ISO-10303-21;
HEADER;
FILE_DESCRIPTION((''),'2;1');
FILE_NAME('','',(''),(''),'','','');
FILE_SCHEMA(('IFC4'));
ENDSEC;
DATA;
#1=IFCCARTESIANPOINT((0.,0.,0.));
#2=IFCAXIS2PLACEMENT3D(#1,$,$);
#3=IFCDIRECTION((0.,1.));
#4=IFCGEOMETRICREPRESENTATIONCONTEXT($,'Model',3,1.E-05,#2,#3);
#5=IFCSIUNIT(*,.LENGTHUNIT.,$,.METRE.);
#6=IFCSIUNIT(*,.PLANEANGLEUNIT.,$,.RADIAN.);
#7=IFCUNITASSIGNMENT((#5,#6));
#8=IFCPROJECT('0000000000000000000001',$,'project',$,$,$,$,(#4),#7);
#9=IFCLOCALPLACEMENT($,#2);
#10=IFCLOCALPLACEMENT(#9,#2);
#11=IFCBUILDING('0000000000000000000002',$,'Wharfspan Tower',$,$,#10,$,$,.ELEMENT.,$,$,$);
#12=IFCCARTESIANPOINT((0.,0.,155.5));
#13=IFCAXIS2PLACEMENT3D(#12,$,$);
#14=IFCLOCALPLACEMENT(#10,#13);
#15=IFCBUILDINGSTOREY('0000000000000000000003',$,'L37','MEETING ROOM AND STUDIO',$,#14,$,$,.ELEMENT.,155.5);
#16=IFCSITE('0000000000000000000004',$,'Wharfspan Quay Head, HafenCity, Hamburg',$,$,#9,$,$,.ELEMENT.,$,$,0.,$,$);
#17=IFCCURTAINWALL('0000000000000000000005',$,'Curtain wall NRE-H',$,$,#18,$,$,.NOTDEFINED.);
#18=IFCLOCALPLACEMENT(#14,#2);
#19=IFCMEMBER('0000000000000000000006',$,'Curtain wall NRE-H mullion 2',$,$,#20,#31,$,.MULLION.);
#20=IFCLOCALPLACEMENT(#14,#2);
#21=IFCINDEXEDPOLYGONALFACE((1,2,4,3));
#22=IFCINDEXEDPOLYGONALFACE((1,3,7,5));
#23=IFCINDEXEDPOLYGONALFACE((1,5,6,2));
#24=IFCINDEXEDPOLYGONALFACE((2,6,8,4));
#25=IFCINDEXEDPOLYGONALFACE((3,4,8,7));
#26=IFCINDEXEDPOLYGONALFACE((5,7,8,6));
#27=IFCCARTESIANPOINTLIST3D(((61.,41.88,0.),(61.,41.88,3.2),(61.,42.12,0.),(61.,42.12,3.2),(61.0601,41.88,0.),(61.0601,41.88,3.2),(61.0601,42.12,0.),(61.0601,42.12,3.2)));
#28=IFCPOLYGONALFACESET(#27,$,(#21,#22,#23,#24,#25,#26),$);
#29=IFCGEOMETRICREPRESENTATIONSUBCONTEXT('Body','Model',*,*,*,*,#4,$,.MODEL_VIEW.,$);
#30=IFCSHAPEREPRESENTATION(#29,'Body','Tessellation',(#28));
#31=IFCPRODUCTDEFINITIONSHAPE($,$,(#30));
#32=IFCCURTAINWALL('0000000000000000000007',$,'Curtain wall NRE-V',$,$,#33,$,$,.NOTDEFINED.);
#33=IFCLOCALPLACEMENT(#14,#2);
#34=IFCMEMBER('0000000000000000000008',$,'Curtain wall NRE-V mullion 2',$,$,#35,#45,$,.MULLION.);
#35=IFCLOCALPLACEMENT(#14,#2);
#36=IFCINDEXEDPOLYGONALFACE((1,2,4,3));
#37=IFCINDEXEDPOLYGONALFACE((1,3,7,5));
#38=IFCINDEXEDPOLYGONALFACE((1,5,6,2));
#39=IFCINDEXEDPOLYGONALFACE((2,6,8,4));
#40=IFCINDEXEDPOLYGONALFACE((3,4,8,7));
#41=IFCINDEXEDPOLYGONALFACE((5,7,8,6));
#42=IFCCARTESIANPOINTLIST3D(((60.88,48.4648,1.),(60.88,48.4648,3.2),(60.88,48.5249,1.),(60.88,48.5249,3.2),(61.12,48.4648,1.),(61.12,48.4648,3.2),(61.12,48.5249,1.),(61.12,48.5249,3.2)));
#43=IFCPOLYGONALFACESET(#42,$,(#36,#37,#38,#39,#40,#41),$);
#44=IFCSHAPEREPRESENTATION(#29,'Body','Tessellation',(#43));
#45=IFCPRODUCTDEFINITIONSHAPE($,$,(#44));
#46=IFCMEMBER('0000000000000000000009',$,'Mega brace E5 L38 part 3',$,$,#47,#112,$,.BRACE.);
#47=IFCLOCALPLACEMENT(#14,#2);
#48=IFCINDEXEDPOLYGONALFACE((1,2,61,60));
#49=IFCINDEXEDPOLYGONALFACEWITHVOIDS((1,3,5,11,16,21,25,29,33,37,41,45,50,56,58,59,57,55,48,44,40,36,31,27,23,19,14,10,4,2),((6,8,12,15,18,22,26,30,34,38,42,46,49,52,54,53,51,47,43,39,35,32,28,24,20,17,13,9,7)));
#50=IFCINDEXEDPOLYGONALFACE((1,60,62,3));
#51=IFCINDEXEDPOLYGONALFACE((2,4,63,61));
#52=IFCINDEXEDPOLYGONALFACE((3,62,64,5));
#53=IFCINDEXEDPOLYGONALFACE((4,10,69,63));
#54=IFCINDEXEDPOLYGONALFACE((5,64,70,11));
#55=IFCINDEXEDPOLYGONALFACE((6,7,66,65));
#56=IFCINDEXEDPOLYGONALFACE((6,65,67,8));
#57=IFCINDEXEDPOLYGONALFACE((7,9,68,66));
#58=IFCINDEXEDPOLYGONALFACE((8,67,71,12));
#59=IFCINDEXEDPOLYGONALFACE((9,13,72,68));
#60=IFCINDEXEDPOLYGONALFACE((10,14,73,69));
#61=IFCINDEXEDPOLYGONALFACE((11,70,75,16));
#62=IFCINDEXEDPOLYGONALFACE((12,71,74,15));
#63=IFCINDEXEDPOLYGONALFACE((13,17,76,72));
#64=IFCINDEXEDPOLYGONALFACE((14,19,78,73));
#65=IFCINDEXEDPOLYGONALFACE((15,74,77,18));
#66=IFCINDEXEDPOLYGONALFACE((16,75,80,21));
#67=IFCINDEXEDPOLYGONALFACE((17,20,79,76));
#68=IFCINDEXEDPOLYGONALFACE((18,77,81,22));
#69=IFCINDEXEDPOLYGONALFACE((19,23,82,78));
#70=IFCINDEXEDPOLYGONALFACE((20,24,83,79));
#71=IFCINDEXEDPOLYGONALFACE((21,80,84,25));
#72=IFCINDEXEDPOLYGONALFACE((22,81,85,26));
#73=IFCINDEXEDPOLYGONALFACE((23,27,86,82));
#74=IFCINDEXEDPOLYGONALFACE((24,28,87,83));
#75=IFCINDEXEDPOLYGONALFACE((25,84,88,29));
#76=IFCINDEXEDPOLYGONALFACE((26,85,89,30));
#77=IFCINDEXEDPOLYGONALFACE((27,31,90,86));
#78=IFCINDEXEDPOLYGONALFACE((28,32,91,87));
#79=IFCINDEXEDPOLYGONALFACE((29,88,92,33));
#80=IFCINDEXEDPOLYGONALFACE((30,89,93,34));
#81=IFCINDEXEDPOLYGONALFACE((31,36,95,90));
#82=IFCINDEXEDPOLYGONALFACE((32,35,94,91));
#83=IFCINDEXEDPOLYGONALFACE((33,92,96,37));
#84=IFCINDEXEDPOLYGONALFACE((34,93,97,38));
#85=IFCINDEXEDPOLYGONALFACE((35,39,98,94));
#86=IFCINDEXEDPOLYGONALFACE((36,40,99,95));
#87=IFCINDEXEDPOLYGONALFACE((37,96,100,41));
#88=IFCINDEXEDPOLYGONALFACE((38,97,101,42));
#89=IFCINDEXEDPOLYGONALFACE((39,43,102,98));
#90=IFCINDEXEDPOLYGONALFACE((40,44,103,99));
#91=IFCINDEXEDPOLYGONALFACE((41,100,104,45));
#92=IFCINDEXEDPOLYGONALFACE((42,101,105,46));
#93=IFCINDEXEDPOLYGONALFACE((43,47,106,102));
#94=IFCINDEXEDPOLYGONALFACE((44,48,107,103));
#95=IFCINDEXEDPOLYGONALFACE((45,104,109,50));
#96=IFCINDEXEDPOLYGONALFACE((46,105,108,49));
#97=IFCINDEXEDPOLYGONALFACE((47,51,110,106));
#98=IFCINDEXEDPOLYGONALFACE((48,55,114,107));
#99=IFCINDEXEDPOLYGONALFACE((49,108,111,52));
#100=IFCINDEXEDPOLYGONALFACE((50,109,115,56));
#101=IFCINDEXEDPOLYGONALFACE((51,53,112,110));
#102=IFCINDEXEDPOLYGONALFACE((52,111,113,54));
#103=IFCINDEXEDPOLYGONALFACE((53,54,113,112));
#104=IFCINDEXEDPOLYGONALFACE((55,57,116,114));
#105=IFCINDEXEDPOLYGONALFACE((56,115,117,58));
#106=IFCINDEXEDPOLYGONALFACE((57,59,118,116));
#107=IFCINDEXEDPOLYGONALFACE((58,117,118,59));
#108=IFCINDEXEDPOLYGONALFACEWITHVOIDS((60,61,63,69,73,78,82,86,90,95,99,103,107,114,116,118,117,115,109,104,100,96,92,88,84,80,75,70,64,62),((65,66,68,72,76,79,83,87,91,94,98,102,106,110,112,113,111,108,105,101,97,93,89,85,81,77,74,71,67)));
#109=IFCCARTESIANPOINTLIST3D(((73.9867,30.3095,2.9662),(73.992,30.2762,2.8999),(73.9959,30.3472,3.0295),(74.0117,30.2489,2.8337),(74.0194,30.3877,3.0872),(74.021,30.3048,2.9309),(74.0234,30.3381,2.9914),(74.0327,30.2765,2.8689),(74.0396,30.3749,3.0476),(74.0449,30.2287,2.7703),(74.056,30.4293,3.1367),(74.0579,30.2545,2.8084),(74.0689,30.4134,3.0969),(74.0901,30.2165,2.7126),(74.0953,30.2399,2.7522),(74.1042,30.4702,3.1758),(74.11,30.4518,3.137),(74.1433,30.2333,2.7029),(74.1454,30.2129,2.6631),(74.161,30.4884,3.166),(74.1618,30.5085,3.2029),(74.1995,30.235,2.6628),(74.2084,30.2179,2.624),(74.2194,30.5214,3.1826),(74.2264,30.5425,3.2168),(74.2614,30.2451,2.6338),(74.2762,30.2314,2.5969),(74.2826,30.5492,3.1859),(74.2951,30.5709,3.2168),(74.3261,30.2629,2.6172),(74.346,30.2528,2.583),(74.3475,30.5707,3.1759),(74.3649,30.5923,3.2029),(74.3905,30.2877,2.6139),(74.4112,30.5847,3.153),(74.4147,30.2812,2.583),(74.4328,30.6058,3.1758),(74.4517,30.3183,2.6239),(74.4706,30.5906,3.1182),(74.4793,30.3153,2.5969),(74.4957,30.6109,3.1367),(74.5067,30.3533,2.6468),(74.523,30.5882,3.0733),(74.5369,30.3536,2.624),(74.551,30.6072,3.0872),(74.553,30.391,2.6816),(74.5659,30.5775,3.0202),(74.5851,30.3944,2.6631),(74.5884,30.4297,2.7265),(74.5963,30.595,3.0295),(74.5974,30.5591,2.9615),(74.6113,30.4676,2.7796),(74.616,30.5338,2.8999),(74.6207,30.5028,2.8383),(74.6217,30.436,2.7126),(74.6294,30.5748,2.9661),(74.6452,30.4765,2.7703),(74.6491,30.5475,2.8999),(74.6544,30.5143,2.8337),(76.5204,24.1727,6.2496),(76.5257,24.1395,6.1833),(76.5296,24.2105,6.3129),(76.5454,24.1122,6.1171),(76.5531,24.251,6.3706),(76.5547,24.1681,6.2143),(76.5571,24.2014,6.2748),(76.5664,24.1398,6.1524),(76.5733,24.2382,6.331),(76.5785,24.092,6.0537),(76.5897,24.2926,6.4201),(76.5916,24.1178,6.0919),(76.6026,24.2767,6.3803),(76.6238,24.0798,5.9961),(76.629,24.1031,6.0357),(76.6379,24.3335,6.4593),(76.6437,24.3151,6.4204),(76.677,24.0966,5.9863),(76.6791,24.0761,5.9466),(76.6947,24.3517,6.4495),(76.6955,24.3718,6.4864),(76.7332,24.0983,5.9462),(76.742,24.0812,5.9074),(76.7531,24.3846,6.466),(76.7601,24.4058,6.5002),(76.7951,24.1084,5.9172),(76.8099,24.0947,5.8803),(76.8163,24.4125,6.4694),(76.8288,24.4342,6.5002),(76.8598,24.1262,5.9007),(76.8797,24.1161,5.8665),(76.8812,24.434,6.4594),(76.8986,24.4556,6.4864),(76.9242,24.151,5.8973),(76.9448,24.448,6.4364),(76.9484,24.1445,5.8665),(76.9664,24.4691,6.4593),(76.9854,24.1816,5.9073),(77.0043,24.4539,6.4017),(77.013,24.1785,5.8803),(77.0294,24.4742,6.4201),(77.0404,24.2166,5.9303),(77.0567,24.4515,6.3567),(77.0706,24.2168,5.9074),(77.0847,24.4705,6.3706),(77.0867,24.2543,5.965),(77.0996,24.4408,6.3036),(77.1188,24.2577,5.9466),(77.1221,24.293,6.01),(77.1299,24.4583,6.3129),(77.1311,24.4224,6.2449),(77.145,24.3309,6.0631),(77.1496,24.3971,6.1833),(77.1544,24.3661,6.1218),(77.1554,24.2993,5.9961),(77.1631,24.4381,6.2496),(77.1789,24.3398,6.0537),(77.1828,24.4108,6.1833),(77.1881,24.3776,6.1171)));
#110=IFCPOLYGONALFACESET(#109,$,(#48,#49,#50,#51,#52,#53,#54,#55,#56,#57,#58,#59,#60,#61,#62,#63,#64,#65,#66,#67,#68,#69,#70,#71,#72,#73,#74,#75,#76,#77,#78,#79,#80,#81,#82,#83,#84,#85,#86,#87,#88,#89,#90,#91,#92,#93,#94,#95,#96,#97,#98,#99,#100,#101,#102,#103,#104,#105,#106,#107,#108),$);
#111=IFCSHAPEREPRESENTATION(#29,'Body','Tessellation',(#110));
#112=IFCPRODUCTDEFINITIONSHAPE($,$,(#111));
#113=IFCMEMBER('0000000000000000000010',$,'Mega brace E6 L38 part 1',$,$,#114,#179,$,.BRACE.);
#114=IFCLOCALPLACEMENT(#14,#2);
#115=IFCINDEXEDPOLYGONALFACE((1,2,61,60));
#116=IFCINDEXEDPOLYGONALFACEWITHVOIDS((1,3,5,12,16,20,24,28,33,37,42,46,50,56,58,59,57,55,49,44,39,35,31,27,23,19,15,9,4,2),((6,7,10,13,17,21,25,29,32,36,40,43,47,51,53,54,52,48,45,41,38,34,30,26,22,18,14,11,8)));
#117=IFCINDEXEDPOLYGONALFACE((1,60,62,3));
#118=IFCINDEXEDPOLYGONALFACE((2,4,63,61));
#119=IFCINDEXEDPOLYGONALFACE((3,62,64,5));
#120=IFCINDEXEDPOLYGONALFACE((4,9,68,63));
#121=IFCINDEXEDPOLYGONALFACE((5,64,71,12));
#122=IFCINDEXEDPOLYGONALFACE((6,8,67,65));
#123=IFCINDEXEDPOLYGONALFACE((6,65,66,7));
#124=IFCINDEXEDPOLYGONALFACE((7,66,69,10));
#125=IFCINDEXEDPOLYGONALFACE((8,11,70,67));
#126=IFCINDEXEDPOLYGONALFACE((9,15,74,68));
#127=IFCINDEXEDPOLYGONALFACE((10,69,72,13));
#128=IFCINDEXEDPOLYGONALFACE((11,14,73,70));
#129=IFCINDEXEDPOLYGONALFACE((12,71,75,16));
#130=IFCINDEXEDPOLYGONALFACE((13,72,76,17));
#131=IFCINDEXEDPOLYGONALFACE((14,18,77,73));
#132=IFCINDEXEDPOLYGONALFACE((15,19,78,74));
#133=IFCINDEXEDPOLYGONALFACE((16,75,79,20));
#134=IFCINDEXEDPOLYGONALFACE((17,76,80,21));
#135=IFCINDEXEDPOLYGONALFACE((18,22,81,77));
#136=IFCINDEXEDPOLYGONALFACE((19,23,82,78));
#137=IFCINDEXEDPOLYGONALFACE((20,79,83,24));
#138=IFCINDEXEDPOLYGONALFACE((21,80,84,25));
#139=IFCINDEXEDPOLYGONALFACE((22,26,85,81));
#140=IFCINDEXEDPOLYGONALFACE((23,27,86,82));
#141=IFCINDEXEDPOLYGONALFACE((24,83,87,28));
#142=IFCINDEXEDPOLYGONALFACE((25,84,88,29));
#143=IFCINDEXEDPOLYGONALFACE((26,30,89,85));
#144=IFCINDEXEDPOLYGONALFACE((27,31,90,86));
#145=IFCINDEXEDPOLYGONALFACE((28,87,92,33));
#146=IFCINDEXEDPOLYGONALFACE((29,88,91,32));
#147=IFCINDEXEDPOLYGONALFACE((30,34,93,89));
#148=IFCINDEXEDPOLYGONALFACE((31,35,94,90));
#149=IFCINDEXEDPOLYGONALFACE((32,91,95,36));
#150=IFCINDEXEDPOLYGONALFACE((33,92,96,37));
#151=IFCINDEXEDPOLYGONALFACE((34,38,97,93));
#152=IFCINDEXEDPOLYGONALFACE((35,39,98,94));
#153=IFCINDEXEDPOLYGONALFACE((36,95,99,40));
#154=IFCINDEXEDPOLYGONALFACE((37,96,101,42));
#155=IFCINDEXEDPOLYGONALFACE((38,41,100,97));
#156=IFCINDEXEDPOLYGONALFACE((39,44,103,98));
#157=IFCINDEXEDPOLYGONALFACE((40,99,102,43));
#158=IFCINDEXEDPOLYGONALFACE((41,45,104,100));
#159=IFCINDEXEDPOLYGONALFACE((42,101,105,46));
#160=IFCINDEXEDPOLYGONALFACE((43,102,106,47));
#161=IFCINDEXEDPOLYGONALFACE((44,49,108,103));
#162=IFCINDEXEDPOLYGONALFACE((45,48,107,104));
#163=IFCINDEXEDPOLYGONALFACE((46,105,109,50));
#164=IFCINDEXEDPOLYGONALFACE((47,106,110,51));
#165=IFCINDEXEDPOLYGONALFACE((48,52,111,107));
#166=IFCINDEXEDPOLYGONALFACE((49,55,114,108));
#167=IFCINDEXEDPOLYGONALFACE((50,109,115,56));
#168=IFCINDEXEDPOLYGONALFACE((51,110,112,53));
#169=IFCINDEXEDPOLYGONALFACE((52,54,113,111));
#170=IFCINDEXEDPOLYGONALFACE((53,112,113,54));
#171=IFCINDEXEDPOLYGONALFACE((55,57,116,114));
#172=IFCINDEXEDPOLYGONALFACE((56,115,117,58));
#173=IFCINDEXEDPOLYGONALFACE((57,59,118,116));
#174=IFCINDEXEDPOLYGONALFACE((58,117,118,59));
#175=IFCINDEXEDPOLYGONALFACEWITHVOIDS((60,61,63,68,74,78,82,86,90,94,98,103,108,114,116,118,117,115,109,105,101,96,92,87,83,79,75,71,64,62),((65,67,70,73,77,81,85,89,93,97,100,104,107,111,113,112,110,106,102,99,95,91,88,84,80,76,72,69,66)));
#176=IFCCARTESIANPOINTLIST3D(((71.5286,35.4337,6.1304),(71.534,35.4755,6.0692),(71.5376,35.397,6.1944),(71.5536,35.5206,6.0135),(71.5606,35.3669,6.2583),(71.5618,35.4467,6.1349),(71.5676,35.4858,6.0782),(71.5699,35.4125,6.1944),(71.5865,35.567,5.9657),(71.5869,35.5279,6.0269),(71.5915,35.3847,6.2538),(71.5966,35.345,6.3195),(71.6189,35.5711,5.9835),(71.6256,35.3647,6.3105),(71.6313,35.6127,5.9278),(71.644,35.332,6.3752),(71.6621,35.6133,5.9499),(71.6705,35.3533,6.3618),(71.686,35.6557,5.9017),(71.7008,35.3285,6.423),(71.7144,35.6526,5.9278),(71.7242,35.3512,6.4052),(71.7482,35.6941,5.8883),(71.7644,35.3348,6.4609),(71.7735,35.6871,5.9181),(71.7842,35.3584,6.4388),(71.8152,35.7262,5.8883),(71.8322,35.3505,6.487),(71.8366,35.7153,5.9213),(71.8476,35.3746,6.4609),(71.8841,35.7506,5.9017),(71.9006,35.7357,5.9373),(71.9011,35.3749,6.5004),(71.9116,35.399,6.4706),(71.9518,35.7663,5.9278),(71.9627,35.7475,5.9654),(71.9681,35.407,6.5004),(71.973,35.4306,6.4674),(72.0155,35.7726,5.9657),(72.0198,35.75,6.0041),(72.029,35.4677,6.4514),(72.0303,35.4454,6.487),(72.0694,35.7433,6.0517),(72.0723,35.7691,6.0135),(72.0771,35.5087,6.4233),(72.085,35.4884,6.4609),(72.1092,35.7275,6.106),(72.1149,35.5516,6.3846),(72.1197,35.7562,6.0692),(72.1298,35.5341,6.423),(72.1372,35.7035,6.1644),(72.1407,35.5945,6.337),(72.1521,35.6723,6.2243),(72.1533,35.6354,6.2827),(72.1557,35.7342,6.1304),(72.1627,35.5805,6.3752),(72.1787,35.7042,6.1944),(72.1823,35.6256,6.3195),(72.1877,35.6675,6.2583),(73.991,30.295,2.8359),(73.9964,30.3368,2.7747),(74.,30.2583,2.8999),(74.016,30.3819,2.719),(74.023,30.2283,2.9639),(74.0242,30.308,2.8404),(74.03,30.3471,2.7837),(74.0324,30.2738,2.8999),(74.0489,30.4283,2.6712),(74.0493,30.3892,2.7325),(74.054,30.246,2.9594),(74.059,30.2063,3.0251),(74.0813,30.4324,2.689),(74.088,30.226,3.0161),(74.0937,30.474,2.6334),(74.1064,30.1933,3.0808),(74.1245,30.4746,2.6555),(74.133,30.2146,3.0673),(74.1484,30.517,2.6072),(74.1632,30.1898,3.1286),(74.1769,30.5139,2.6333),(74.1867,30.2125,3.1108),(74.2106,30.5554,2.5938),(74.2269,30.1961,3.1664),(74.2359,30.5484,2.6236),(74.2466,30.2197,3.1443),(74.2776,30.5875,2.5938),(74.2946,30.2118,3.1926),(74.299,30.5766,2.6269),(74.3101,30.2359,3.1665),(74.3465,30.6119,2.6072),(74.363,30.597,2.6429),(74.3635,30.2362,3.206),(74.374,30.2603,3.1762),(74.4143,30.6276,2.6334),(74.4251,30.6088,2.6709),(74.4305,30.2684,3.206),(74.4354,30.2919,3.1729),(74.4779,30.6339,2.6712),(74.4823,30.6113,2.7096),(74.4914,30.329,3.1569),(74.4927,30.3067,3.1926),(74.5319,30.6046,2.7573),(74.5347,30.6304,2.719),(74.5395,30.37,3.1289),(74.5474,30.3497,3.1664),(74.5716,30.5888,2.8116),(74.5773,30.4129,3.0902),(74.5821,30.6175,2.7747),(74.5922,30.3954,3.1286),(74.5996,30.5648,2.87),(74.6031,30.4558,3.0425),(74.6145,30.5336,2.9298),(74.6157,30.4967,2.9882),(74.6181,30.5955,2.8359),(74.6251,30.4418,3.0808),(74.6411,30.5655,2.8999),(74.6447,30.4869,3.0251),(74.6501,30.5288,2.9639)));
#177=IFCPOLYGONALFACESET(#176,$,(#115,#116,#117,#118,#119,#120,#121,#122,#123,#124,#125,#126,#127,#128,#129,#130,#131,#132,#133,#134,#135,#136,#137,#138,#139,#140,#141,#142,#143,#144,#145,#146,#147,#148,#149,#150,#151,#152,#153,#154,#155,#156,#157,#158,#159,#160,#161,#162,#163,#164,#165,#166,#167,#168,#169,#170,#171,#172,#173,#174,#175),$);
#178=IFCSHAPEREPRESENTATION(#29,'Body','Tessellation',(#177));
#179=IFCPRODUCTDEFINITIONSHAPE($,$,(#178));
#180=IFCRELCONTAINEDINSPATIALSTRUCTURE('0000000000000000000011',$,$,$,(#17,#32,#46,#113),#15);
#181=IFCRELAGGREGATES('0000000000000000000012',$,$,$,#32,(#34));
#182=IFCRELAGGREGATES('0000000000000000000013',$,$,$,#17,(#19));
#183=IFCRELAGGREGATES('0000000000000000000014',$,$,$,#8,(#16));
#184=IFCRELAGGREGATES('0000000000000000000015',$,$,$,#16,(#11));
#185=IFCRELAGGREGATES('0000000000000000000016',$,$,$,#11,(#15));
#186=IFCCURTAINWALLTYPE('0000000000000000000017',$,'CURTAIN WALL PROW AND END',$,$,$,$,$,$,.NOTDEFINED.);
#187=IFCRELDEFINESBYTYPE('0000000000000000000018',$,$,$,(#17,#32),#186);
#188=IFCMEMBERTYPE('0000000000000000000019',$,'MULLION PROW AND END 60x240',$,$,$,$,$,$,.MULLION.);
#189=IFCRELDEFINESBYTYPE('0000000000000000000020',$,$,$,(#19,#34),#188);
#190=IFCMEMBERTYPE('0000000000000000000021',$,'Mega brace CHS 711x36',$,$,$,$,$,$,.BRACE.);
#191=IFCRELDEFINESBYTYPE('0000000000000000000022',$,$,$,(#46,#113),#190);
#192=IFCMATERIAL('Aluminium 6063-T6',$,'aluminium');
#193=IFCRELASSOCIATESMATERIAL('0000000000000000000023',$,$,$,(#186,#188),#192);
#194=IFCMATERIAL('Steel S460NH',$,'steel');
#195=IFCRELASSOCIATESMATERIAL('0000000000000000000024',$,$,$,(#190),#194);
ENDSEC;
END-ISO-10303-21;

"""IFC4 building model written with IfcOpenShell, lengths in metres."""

from ifc_helpers import new_model, si_unit, direction, frame, origin, origin_2d, place, context, subcontext, project, spatial, rectangle, hollow_circle, extrude, material, material_profile, profile_set, type_object, element, aggregate, save


model = new_model("IFC4")

# Units and contexts
model_context = context("Model", 3, precision=1e-05, world=origin(), true_north=direction((0.0, 1.0)))
body_context = subcontext(model_context, "Body", "Model", "MODEL_VIEW")
ifc_project = project(units=[si_unit("LENGTHUNIT", "METRE"), si_unit("PLANEANGLEUNIT", "RADIAN")], contexts=[model_context])

# Site, building, storey
site_placement = place(None, origin())
site = spatial("IfcSite", under=ifc_project, at=site_placement, Name="Wharfspan Quay Head, HafenCity, Hamburg", CompositionType="ELEMENT", RefElevation=0.0)
building_placement = place(site_placement, origin())
building = spatial("IfcBuilding", under=site, at=building_placement, Name="Wharfspan Tower", CompositionType="ELEMENT")
storey_placement = place(building_placement, frame((0.0, 0.0, 155.5)))
storey = spatial("IfcBuildingStorey", under=building, at=storey_placement, Name="L37", Description="MEETING ROOM AND STUDIO", CompositionType="ELEMENT", Elevation=155.5)

# Curtain wall, member
ifc_material_1 = material(Name="Aluminium 6063-T6", Category="aluminium")
curtain_wall_type = type_object("IfcCurtainWallType", Name="CURTAIN WALL PROW AND END", PredefinedType="NOTDEFINED", material=ifc_material_1)
ifc_material_profile_1 = material_profile(ifc_material_1, rectangle(XDim=0.24, YDim=0.0601, at=origin_2d()))
ifc_profile_set_1 = profile_set([ifc_material_profile_1], Name="Aluminium 6063-T6")
member_type_1 = type_object("IfcMemberType", Name="MULLION PROW AND END 60x240", PredefinedType="MULLION", material=ifc_profile_set_1)
curtain_wall_1_placement = place(storey_placement, origin())
curtain_wall_1 = element("IfcCurtainWall", 1, at=curtain_wall_1_placement, inside=storey, type_object=curtain_wall_type, Name="Curtain wall NRE-H", PredefinedType="NOTDEFINED")
member_1_placement = place(storey_placement, frame((61.03, 42.0, 0.0), z_axis=(0.0, 0.0, 1.0), x_axis=(0.0, -1.0, 0.0)))
member_1 = element("IfcMember", 2, at=member_1_placement, type_object=member_type_1, Name="Curtain wall NRE-H mullion 2", PredefinedType="MULLION", context=body_context, shape_type="SweptSolid", body=[
    extrude(rectangle(XDim=0.24, YDim=0.0601, at=origin_2d()), origin(), (0.0, 0.0, 1.0), 3.2),
])

# Curtain wall, member
curtain_wall_2_placement = place(storey_placement, origin())
curtain_wall_2 = element("IfcCurtainWall", 3, at=curtain_wall_2_placement, inside=storey, type_object=curtain_wall_type, Name="Curtain wall NRE-V", PredefinedType="NOTDEFINED")
member_2_placement = place(storey_placement, frame((61.0, 48.4949, 1.0), z_axis=(0.0, 0.0, 1.0), x_axis=(-1.0, 0.0, 0.0)))
member_2 = element("IfcMember", 4, at=member_2_placement, type_object=member_type_1, Name="Curtain wall NRE-V mullion 2", PredefinedType="MULLION", context=body_context, shape_type="SweptSolid", body=[
    extrude(rectangle(XDim=0.24, YDim=0.0601, at=origin_2d()), origin(), (0.0, 0.0, 1.0), 2.2),
])

# Members
ifc_material_2 = material(Name="Steel S460NH", Category="steel")
ifc_material_profile_2 = material_profile(ifc_material_2, hollow_circle(Radius=0.3555, WallThickness=0.0359, at=origin_2d()))
ifc_profile_set_2 = profile_set([ifc_material_profile_2], Name="Steel S460NH")
member_type_2 = type_object("IfcMemberType", Name="Mega brace CHS 711x36", PredefinedType="BRACE", material=ifc_profile_set_2)
member_3_placement = place(storey_placement, frame((74.3206, 30.4119, 2.8999), z_axis=(0.342079, -0.828531, 0.443305), x_axis=(0.924316, 0.381624, -0.000004)))
element("IfcMember", 5, at=member_3_placement, inside=storey, type_object=member_type_2, Name="Mega brace E5 L38 part 3", PredefinedType="BRACE", context=body_context, shape_type="SweptSolid", body=[
    extrude(hollow_circle(Radius=0.3555, WallThickness=0.0359, at=origin_2d()), origin(), (0.0, 0.0, 1.0), 7.4067),
])
for number, where, z_axis, x_axis, name in (
    (6, (74.3206, 30.4119, 2.8999), (-0.374112, 0.780716, 0.500522), (-0.901807, -0.432139, 0.000002), "Mega brace E6 L38 part 1"),
):
    element("IfcMember", number, at=place(storey_placement, frame(where, z_axis=z_axis, x_axis=x_axis)), inside=storey, type_object=member_type_2, Name=name, PredefinedType="BRACE", context=body_context, shape_type="SweptSolid", body=[
        extrude(hollow_circle(Radius=0.3555, WallThickness=0.0359, at=origin_2d()), origin(), (0.0, 0.0, 1.0), 6.582),
    ])

aggregate(curtain_wall_2, [member_2])
aggregate(curtain_wall_1, [member_1])

save(model, "model.ifc")
